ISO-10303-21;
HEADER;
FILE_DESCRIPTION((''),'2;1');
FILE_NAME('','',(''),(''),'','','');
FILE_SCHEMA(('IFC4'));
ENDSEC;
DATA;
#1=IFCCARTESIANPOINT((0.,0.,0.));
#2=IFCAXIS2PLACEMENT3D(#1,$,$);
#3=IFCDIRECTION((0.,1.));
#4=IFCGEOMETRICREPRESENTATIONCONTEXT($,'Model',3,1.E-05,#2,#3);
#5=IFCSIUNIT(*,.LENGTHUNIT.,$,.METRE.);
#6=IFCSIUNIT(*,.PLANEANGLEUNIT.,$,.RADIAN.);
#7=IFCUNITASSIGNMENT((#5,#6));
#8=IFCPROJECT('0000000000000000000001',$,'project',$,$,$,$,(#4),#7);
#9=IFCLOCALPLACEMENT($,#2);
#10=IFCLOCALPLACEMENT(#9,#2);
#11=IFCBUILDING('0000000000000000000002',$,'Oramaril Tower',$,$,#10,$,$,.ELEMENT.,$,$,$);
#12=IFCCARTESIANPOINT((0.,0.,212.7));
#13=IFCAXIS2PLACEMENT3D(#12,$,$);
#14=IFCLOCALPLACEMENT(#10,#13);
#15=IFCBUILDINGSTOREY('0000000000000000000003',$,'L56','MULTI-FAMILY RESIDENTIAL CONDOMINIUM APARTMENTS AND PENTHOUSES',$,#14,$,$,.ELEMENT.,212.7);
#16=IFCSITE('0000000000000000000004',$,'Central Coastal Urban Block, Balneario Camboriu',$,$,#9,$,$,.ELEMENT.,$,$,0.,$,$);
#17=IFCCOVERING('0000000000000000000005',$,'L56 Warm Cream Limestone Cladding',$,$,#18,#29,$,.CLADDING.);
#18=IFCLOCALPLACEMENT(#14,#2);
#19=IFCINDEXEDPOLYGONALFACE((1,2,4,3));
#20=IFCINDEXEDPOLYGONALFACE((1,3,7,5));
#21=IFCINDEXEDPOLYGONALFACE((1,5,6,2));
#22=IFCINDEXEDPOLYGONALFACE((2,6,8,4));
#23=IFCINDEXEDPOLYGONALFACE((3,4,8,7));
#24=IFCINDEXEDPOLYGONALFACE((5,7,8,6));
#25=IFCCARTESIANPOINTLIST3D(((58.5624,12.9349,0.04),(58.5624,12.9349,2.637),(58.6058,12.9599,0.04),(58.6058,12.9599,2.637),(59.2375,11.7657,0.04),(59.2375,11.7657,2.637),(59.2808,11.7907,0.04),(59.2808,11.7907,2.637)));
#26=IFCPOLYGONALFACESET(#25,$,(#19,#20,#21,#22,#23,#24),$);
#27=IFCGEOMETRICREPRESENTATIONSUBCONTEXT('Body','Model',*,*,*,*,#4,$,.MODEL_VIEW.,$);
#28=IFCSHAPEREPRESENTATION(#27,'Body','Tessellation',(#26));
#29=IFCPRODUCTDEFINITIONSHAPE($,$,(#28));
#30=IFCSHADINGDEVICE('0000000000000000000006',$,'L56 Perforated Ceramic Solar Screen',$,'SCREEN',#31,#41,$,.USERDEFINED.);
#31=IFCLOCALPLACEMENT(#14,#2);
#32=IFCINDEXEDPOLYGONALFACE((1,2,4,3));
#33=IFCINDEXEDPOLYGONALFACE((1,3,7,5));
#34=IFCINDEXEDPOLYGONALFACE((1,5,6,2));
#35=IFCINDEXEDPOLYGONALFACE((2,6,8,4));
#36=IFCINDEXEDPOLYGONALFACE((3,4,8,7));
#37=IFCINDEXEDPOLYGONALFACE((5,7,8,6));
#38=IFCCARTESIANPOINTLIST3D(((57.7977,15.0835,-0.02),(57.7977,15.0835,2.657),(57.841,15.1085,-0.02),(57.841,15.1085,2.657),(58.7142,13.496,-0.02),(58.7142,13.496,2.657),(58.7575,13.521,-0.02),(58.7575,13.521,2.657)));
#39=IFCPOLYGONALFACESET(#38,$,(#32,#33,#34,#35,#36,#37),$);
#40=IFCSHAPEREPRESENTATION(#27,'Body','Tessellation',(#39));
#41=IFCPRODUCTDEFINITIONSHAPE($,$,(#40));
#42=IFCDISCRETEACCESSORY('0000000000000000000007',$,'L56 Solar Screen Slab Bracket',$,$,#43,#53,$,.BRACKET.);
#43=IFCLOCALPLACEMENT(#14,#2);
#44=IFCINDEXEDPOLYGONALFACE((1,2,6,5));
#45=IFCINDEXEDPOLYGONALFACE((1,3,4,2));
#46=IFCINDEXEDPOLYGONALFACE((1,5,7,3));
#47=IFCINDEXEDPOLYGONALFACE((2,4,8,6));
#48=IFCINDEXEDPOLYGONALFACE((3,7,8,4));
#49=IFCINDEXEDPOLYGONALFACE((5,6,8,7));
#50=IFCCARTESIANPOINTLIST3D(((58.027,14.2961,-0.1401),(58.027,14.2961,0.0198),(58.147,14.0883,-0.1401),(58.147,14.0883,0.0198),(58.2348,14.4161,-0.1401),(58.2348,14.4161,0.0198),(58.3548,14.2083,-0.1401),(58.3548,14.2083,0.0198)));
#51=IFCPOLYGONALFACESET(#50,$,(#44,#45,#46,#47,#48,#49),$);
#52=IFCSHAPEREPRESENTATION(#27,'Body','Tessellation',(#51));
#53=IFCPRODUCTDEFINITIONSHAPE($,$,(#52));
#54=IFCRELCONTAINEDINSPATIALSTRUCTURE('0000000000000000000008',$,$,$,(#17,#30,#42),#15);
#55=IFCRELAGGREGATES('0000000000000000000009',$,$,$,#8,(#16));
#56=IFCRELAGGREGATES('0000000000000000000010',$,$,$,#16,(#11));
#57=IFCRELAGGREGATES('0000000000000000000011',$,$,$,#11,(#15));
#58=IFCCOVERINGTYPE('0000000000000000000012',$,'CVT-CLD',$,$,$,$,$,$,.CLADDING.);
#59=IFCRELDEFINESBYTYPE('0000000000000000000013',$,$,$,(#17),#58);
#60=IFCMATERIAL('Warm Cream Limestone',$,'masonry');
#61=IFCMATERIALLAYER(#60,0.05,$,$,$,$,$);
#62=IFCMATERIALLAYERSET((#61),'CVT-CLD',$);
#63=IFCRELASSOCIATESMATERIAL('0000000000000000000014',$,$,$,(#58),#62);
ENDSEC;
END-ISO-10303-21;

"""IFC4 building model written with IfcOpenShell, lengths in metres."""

from ifc_helpers import new_model, si_unit, direction, frame, origin, origin_2d, place, context, subcontext, project, spatial, rectangle, extrude, material, layer, layer_set, type_object, element, save


model = new_model("IFC4")

# Units and contexts
model_context = context("Model", 3, precision=1e-05, world=origin(), true_north=direction((0.0, 1.0)))
body_context = subcontext(model_context, "Body", "Model", "MODEL_VIEW")
ifc_project = project(units=[si_unit("LENGTHUNIT", "METRE"), si_unit("PLANEANGLEUNIT", "RADIAN")], contexts=[model_context])

# Site, building, storey
site_placement = place(None, origin())
site = spatial("IfcSite", under=ifc_project, at=site_placement, Name="Central Coastal Urban Block, Balneario Camboriu", CompositionType="ELEMENT", RefElevation=0.0)
building_placement = place(site_placement, origin())
building = spatial("IfcBuilding", under=site, at=building_placement, Name="Oramaril Tower", CompositionType="ELEMENT")
storey_placement = place(building_placement, frame((0.0, 0.0, 212.7)))
storey = spatial("IfcBuildingStorey", under=building, at=storey_placement, Name="L56", Description="MULTI-FAMILY RESIDENTIAL CONDOMINIUM APARTMENTS AND PENTHOUSES", CompositionType="ELEMENT", Elevation=212.7)

# Covering
ifc_material_1 = material(Name="Warm Cream Limestone", Category="masonry")
ifc_layer_1 = layer(ifc_material_1, 0.05)
ifc_layer_set_1 = layer_set([ifc_layer_1], Name="CVT-CLD")
covering_type = type_object("IfcCoveringType", Name="CVT-CLD", PredefinedType="CLADDING", material=ifc_layer_set_1)
covering_placement = place(storey_placement, frame((58.9216, 12.3628, 0.04), z_axis=(0.0, 0.0, 1.0), x_axis=(-0.499998, 0.866026, 0.0)))
element("IfcCovering", 1, at=covering_placement, inside=storey, type_object=covering_type, Name="L56 Warm Cream Limestone Cladding", PredefinedType="CLADDING", context=body_context, shape_type="SweptSolid", body=[
    extrude(rectangle(XDim=1.3501, YDim=0.05, at=origin_2d()), origin(), (0.0, 0.0, 1.0), 2.5969),
])

# Shading device
shading_device_placement = place(storey_placement, frame((58.2776, 14.3022, -0.02), z_axis=(0.0, 0.0, 1.0), x_axis=(-0.499998, 0.866026, 0.0)))
element("IfcShadingDevice", 2, at=shading_device_placement, inside=storey, Name="L56 Perforated Ceramic Solar Screen", ObjectType="SCREEN", PredefinedType="USERDEFINED", context=body_context, shape_type="SweptSolid", body=[
    extrude(rectangle(XDim=1.833, YDim=0.05, at=origin_2d()), origin(), (0.0, 0.0, 1.0), 2.677),
])

# Discrete accessory
discrete_accessory_placement = place(storey_placement, frame((58.1909, 14.2522, -0.1401), z_axis=(0.0, 0.0, 1.0), x_axis=(-0.499998, 0.866026, 0.0)))
element("IfcDiscreteAccessory", 3, at=discrete_accessory_placement, inside=storey, Name="L56 Solar Screen Slab Bracket", PredefinedType="BRACKET", context=body_context, shape_type="SweptSolid", body=[
    extrude(rectangle(XDim=0.24, YDim=0.24, at=origin_2d()), origin(), (0.0, 0.0, 1.0), 0.1599),
])

save(model, "model.ifc")
